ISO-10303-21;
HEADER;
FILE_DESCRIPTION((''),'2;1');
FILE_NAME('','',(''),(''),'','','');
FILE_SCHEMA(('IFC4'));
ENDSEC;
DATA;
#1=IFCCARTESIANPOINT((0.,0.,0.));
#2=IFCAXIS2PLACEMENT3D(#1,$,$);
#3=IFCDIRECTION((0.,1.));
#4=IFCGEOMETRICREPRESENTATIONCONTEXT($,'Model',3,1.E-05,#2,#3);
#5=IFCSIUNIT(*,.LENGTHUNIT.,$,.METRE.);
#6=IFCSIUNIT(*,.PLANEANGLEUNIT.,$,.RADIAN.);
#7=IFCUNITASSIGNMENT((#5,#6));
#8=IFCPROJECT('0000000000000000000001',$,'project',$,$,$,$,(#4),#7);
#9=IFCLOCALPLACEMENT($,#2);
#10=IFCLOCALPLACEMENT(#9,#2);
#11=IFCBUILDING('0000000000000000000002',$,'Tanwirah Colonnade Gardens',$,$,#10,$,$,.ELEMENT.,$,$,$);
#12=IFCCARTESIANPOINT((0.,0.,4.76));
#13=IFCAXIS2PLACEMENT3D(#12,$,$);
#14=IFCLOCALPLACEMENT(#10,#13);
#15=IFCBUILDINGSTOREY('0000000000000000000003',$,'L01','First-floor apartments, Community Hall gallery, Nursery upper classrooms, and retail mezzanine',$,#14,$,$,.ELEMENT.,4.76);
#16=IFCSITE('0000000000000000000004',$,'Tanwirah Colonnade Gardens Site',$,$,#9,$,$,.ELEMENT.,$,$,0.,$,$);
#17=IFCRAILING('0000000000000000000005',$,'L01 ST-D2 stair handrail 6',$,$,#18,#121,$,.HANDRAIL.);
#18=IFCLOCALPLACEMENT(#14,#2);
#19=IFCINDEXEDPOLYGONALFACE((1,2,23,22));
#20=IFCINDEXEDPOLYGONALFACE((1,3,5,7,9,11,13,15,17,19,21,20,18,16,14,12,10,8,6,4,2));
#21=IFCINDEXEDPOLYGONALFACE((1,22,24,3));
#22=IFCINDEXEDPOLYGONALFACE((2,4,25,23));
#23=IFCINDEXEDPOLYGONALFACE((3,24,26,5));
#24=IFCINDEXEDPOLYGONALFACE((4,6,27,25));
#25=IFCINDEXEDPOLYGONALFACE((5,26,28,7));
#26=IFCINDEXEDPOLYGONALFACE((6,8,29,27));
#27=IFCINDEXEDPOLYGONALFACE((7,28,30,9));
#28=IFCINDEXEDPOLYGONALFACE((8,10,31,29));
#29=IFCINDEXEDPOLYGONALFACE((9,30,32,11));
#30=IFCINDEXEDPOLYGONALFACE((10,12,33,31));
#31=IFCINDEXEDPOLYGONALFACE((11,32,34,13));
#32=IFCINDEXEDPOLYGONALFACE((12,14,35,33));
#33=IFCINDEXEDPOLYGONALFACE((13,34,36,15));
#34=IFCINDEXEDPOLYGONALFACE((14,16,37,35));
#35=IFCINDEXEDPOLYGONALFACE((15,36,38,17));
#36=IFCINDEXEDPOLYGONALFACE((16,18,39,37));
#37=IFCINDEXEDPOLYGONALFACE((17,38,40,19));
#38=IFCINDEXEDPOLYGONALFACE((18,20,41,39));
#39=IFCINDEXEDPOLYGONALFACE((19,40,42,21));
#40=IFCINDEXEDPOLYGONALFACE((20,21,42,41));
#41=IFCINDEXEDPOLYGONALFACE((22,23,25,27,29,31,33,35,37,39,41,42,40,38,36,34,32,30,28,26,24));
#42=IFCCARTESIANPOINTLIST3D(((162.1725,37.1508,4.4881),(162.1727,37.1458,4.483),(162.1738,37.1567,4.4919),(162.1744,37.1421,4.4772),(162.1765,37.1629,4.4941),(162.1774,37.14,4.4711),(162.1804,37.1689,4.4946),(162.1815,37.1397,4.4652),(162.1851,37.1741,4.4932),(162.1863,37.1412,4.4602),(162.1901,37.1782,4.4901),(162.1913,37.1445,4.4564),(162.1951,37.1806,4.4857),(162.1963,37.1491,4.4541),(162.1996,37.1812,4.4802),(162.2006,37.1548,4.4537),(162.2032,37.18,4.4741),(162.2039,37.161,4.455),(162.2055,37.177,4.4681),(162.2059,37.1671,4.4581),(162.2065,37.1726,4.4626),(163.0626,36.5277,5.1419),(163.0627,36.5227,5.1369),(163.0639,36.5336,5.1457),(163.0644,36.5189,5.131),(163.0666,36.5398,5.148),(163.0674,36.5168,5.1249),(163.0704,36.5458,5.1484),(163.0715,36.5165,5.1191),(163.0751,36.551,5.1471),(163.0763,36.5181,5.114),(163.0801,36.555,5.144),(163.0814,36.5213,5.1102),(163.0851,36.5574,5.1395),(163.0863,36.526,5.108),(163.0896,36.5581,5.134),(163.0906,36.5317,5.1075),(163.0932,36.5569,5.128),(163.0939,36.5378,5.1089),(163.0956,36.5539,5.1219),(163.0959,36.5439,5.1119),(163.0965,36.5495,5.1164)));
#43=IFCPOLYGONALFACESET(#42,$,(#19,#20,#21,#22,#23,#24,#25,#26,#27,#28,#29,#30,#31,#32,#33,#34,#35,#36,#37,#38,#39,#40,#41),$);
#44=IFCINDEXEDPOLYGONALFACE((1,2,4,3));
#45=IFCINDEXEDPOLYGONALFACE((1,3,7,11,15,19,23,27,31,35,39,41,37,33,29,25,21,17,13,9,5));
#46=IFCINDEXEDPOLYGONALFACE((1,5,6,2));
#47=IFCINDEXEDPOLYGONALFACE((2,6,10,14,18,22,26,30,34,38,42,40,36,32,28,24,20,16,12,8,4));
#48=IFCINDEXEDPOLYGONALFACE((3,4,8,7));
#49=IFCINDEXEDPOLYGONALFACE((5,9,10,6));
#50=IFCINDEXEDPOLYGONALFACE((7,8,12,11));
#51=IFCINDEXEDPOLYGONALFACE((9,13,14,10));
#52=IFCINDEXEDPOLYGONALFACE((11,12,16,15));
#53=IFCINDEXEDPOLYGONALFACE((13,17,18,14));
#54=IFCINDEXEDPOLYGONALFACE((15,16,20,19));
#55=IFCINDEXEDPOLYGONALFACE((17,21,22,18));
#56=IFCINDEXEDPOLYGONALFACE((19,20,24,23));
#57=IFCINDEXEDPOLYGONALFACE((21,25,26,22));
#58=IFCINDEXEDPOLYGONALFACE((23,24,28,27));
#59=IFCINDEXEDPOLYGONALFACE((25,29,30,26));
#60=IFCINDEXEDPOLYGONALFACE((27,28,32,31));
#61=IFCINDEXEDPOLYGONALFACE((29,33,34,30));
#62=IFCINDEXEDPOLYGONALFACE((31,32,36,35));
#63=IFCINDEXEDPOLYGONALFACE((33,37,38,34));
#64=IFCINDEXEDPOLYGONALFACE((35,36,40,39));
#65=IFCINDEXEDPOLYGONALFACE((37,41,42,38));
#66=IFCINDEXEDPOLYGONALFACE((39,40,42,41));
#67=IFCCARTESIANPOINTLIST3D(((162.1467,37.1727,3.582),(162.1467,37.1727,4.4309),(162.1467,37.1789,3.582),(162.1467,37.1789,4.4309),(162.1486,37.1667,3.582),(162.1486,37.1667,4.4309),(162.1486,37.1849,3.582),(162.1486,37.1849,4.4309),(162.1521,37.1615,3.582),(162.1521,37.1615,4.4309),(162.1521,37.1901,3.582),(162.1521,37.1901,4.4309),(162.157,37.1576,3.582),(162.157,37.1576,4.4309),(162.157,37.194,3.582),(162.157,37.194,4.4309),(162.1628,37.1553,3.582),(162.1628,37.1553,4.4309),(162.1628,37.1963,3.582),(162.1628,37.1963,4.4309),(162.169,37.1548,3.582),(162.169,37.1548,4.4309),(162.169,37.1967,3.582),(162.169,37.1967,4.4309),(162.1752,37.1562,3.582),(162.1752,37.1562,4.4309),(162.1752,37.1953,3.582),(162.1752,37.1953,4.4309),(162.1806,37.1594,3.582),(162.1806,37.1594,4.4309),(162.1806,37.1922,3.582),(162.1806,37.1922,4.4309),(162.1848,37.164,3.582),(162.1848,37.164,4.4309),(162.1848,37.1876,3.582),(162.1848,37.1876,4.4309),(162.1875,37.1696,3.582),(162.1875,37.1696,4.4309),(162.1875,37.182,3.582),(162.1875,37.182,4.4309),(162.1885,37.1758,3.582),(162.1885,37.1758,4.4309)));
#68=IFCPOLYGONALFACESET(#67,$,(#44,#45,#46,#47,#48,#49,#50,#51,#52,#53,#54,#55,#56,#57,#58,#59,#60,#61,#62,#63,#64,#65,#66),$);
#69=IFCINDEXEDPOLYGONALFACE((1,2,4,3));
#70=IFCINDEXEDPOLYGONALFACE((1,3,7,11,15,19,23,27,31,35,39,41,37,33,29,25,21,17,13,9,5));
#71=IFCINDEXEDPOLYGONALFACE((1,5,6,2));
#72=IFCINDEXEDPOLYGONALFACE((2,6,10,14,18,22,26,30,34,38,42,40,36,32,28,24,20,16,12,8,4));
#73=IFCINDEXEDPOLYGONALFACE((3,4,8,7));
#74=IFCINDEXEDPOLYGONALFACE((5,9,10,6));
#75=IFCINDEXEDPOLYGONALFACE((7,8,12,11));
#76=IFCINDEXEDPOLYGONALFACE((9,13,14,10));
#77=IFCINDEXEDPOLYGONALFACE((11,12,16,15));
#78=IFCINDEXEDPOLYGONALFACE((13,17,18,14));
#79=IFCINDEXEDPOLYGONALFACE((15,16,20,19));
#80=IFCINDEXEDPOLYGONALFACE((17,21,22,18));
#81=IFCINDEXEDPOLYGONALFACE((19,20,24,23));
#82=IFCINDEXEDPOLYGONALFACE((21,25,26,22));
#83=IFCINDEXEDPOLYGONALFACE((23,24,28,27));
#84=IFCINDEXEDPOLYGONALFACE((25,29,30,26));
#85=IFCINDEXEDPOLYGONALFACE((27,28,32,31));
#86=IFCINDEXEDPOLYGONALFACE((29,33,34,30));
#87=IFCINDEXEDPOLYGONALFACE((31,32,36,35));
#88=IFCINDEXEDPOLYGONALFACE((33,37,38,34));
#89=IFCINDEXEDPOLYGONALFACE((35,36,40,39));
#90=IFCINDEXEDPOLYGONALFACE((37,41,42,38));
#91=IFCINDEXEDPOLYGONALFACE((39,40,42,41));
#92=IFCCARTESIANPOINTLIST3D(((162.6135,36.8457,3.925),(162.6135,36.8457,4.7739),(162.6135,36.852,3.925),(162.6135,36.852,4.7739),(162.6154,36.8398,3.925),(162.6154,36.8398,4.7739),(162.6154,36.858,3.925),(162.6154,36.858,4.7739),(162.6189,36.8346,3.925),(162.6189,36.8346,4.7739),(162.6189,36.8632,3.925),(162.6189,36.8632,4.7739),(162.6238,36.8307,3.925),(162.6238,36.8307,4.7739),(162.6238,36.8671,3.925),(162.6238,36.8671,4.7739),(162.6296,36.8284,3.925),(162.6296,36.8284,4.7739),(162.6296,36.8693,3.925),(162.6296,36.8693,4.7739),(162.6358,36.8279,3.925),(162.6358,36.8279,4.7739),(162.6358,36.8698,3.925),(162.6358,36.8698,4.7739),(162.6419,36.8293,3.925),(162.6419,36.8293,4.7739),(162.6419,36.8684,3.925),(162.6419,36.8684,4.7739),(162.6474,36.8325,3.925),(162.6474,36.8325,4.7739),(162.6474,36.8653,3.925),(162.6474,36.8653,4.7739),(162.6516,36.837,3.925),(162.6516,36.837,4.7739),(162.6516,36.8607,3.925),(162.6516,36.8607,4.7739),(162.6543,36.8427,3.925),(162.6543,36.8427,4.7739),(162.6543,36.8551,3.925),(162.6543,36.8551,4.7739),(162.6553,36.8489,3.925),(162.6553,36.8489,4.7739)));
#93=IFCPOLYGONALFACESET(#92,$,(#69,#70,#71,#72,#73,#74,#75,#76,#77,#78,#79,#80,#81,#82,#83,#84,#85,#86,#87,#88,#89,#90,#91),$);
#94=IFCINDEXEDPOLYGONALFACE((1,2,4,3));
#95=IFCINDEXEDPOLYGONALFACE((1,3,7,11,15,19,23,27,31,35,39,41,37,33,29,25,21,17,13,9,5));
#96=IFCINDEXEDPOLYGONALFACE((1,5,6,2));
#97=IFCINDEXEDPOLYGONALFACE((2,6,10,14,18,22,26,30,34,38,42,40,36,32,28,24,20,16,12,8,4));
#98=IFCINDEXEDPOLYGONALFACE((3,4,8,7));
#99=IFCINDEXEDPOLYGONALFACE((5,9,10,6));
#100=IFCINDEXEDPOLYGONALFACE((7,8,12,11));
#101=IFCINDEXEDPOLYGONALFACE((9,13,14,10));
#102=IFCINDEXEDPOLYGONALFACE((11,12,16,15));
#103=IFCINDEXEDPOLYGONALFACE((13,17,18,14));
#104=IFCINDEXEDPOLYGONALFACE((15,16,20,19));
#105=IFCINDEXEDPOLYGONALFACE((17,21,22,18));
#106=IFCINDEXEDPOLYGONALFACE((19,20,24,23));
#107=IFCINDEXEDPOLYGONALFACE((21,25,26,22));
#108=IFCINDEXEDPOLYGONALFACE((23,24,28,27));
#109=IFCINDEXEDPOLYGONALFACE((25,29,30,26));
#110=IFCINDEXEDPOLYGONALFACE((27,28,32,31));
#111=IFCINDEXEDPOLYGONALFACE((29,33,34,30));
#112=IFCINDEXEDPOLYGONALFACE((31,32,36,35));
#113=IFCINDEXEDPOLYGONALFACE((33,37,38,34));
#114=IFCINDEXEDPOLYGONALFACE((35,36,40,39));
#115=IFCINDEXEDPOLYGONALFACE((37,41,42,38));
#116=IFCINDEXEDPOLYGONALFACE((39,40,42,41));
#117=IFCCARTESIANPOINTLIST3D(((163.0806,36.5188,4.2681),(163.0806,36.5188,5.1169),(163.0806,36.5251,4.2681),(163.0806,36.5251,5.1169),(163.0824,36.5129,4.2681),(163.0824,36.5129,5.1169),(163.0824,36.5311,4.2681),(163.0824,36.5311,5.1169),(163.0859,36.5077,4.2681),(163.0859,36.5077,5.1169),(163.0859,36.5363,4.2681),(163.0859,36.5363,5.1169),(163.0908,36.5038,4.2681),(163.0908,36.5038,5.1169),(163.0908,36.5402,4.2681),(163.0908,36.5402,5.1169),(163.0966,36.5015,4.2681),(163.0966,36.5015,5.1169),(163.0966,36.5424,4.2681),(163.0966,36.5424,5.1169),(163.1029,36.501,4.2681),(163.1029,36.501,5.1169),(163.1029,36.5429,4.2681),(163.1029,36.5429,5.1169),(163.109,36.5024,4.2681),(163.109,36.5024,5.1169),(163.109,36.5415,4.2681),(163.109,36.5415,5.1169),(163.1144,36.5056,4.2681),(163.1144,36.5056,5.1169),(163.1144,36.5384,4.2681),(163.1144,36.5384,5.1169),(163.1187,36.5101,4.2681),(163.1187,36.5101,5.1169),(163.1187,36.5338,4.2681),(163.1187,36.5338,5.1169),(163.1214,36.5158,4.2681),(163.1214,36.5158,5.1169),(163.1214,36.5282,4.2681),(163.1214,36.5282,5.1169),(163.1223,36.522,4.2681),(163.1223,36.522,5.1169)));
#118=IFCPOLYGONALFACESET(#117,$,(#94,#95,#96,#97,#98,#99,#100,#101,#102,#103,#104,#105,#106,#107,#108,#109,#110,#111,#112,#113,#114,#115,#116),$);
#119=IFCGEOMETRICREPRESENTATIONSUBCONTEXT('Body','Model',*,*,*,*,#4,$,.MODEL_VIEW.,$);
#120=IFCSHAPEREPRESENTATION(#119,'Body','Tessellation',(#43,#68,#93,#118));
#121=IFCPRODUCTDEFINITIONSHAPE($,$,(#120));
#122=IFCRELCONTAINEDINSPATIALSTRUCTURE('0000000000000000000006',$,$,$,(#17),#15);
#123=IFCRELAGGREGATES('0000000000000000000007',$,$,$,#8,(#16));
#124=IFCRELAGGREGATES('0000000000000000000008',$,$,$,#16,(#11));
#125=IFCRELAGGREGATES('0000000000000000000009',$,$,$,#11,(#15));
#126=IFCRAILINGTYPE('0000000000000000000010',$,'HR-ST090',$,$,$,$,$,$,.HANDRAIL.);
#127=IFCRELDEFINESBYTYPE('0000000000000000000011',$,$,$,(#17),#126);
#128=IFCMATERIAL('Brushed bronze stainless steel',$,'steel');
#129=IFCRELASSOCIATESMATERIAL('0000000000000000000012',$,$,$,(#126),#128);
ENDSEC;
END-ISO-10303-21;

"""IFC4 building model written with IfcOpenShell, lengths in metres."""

from ifc_helpers import new_model, si_unit, direction, frame, origin, origin_2d, place, context, subcontext, project, spatial, circle, extrude, material, type_object, element, save


model = new_model("IFC4")

# Units and contexts
model_context = context("Model", 3, precision=1e-05, world=origin(), true_north=direction((0.0, 1.0)))
body_context = subcontext(model_context, "Body", "Model", "MODEL_VIEW")
ifc_project = project(units=[si_unit("LENGTHUNIT", "METRE"), si_unit("PLANEANGLEUNIT", "RADIAN")], contexts=[model_context])

# Site, building, storey
site_placement = place(None, origin())
site = spatial("IfcSite", under=ifc_project, at=site_placement, Name="Tanwirah Colonnade Gardens Site", CompositionType="ELEMENT", RefElevation=0.0)
building_placement = place(site_placement, origin())
building = spatial("IfcBuilding", under=site, at=building_placement, Name="Tanwirah Colonnade Gardens", CompositionType="ELEMENT")
storey_placement = place(building_placement, frame((0.0, 0.0, 4.76)))
storey = spatial("IfcBuildingStorey", under=building, at=storey_placement, Name="L01", Description="First-floor apartments, Community Hall gallery, Nursery upper classrooms, and retail mezzanine", CompositionType="ELEMENT", Elevation=4.76)

# Railing
ifc_material_1 = material(Name="Brushed bronze stainless steel", Category="steel")
railing_type_1 = type_object("IfcRailingType", Name="HR-ST090", PredefinedType="HANDRAIL", material=ifc_material_1)
for number, where, name in (
    (1, (162.1675, 37.1758, 3.582), "L01 ST-D2 stair handrail 6"),
):
    element("IfcRailing", number, at=place(storey_placement, frame(where)), inside=storey, type_object=railing_type_1, Name=name, PredefinedType="HANDRAIL", context=body_context, shape_type="SweptSolid", body=[
        extrude(circle(Radius=0.0239, at=origin_2d()), frame((0.022, -0.0154, 0.8921), z_axis=(0.701883, -0.49141, 0.515632), x_axis=(0.573534, 0.819182, 0.0)), (0.0, 0.0, 1.0), 1.2681),
        extrude(circle(Radius=0.021, at=origin_2d()), origin(), (0.0, 0.0, 1.0), 0.8489),
        extrude(circle(Radius=0.021, at=origin_2d()), frame((0.4668, -0.3269, 0.343)), (0.0, 0.0, 1.0), 0.8489),
        extrude(circle(Radius=0.021, at=origin_2d()), frame((0.9338, -0.6538, 0.686)), (0.0, 0.0, 1.0), 0.8489),
    ])

save(model, "model.ifc")
